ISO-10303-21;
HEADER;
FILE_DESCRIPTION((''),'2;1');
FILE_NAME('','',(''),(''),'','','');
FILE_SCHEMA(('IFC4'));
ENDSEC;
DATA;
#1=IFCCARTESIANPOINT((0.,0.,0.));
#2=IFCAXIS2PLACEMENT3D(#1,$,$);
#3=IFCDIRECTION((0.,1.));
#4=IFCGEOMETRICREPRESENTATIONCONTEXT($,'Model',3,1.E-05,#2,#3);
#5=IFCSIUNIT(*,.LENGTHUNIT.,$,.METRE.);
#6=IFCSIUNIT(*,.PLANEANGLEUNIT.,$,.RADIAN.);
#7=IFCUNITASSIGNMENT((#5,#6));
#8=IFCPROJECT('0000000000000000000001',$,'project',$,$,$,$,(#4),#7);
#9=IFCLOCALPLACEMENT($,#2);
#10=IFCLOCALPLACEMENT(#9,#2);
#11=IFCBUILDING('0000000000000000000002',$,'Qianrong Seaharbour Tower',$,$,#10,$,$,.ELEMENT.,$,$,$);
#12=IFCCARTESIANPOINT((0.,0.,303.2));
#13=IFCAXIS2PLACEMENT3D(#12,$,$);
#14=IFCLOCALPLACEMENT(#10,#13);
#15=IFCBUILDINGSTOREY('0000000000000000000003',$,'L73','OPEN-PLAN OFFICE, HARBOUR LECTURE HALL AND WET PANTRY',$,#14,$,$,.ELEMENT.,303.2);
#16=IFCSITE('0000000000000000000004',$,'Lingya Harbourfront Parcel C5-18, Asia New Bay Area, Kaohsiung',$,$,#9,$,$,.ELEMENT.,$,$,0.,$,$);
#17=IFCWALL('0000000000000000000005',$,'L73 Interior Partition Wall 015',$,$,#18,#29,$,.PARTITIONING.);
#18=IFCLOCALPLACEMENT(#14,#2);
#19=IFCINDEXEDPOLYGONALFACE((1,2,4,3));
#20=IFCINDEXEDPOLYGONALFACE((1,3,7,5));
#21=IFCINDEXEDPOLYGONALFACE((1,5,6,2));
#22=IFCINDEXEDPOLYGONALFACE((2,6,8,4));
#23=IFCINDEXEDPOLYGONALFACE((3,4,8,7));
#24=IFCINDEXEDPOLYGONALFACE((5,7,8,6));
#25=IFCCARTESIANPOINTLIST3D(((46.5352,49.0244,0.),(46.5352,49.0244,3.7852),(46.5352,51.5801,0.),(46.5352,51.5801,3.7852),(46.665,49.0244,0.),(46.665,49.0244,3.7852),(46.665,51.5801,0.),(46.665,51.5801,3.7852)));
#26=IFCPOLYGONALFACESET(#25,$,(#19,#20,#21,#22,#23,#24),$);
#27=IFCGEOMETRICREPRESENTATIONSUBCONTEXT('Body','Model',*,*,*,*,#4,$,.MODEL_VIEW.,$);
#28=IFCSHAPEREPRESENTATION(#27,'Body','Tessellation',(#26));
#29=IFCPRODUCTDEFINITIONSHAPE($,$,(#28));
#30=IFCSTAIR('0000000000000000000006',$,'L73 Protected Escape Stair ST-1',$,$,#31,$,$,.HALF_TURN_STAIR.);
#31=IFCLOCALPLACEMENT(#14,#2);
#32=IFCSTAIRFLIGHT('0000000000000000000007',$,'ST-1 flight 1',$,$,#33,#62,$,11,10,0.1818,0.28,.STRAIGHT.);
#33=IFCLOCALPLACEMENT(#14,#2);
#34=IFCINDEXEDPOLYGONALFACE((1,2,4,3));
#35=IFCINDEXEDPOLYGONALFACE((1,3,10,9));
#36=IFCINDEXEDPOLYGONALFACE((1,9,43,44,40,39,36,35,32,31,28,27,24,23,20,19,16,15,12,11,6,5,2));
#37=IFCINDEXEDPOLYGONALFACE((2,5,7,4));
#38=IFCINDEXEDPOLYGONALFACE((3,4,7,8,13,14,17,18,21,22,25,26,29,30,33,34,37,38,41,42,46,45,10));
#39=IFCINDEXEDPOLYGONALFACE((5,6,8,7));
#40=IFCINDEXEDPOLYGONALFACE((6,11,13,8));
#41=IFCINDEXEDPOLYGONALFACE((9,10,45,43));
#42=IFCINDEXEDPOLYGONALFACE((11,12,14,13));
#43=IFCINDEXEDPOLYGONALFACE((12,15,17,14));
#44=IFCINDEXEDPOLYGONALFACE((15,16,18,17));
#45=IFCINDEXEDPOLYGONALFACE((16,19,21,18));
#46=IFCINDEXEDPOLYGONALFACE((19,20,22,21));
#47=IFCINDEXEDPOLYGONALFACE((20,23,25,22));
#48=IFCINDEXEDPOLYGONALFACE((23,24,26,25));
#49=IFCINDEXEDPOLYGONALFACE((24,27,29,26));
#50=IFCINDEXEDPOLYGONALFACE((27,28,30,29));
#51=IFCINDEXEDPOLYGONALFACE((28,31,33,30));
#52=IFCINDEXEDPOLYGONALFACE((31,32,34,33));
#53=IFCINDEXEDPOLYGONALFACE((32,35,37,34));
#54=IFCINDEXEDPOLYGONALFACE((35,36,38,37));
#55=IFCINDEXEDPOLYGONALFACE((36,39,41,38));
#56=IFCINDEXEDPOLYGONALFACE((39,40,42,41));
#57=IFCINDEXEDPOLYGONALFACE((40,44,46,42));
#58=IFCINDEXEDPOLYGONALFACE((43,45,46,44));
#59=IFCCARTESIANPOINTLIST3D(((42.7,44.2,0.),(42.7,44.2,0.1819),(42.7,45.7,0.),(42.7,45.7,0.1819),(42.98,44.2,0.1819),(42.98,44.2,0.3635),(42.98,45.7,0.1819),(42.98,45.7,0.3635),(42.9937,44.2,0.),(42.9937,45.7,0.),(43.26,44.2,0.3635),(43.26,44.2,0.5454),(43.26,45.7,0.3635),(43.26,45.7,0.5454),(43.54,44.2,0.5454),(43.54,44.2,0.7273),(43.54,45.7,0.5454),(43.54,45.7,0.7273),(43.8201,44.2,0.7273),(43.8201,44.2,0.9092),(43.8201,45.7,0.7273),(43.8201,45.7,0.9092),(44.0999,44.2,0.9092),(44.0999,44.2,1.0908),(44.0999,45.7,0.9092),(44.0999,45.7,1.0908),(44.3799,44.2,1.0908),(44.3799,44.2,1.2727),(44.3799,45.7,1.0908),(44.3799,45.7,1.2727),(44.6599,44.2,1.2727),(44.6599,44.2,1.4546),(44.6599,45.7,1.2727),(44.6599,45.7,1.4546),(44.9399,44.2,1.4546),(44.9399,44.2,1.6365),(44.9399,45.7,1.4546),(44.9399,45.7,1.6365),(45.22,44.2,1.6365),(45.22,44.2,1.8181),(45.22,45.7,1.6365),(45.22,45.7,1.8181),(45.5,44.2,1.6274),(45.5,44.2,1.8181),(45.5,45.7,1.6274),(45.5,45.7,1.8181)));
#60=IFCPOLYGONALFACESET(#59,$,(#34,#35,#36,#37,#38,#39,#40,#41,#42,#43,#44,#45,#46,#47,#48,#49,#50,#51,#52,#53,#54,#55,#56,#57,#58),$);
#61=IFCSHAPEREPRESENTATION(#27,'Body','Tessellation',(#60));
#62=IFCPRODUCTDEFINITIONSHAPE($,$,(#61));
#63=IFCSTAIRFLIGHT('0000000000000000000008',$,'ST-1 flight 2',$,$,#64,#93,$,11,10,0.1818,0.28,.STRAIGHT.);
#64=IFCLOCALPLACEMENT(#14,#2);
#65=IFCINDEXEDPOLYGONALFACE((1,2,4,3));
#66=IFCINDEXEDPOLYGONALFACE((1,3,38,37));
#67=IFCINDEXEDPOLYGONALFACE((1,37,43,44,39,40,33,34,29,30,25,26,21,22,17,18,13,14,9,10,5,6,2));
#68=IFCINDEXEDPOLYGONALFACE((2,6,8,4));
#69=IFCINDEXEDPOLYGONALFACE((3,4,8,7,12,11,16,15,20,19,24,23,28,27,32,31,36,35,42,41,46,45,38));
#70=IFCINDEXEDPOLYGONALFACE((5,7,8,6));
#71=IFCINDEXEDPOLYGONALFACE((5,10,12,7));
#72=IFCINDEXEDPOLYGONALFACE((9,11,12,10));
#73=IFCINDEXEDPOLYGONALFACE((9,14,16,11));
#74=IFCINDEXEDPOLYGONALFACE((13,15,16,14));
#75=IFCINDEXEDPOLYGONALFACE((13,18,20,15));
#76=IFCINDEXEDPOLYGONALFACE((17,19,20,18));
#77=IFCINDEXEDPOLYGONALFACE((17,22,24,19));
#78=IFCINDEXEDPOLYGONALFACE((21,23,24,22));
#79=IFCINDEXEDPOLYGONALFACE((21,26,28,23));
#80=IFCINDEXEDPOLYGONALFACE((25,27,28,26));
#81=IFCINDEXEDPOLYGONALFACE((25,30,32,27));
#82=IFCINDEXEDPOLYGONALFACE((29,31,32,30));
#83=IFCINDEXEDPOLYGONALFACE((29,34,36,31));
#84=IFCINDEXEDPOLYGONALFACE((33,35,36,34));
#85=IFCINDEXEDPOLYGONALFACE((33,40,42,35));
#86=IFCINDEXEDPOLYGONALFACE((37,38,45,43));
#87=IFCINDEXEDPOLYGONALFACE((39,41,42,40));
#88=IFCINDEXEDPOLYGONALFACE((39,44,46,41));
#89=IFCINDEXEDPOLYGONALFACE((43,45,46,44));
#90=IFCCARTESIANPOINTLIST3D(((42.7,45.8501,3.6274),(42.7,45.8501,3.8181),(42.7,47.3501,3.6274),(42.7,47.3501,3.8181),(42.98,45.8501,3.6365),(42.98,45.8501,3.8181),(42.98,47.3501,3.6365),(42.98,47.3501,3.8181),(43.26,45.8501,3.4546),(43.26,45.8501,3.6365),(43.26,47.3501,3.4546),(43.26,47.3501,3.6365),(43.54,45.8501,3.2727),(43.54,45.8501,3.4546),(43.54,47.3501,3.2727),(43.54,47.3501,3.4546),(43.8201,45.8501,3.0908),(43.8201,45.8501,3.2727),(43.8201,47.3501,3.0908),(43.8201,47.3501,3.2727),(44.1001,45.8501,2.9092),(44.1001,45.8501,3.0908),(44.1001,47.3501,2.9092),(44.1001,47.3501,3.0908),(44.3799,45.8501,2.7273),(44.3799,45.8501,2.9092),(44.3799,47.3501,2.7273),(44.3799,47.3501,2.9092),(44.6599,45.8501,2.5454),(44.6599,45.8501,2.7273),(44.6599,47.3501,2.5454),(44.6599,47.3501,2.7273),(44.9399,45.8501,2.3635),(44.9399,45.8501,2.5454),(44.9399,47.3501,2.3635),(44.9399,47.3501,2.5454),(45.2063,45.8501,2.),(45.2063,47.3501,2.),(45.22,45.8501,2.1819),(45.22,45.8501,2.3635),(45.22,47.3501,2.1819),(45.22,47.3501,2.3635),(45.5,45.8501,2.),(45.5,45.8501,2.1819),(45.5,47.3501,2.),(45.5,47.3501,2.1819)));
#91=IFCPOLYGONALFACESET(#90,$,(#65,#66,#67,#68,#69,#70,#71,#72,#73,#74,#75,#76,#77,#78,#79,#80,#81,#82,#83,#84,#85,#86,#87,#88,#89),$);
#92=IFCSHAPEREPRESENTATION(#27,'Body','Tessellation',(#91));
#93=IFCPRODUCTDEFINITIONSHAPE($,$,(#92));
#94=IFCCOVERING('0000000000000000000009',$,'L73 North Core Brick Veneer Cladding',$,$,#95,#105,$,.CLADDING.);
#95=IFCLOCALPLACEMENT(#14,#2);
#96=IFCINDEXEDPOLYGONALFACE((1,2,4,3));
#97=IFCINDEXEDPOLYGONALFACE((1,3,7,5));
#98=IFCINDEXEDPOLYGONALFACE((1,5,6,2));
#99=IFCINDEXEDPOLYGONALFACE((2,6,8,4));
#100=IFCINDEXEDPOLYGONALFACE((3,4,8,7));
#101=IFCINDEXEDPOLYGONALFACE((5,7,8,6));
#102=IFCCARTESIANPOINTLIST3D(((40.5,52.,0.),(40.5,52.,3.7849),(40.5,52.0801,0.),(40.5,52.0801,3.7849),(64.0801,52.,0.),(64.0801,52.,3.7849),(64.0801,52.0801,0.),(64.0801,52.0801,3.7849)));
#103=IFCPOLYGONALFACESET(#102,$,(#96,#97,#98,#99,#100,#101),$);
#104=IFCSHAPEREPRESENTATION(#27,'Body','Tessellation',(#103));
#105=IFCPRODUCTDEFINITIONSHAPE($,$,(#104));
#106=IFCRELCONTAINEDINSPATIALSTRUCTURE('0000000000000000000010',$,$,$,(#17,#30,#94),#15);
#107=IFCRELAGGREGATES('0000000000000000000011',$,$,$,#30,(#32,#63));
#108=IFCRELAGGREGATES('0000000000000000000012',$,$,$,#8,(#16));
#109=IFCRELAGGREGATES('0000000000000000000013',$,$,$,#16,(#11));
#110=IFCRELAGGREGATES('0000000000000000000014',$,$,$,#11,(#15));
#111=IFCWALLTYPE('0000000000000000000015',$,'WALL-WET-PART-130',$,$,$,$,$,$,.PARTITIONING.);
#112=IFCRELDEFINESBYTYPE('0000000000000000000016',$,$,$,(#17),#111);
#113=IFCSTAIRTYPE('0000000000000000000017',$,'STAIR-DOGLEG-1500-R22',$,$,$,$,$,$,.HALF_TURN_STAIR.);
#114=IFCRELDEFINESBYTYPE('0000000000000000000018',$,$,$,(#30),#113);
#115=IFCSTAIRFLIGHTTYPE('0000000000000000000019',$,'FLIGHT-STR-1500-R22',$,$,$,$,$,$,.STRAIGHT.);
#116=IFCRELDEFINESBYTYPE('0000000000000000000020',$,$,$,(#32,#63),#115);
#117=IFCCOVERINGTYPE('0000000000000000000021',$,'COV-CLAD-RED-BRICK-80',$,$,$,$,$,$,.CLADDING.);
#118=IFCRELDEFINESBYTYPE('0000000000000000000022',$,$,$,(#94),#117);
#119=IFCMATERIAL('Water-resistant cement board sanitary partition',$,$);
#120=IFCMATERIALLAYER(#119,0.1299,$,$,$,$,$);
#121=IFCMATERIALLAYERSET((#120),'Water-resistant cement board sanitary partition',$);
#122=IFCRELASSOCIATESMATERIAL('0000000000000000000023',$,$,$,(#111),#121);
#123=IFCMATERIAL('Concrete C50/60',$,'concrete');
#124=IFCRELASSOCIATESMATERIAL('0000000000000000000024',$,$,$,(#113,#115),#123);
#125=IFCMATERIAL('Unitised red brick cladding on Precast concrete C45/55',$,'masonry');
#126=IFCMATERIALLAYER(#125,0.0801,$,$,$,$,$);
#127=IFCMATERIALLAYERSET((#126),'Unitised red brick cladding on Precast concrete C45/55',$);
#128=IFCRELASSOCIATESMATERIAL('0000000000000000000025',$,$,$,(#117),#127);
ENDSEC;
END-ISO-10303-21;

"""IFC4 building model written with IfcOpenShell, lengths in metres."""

from ifc_helpers import new_model, si_unit, direction, frame, frame_2d, origin, origin_2d, place, context, subcontext, project, spatial, polyline, rectangle, outline, extrude, material, layer, layer_set, type_object, element, aggregate, save


model = new_model("IFC4")

# Units and contexts
model_context = context("Model", 3, precision=1e-05, world=origin(), true_north=direction((0.0, 1.0)))
body_context = subcontext(model_context, "Body", "Model", "MODEL_VIEW")
ifc_project = project(units=[si_unit("LENGTHUNIT", "METRE"), si_unit("PLANEANGLEUNIT", "RADIAN")], contexts=[model_context])

# Site, building, storey
site_placement = place(None, origin())
site = spatial("IfcSite", under=ifc_project, at=site_placement, Name="Lingya Harbourfront Parcel C5-18, Asia New Bay Area, Kaohsiung", CompositionType="ELEMENT", RefElevation=0.0)
building_placement = place(site_placement, origin())
building = spatial("IfcBuilding", under=site, at=building_placement, Name="Qianrong Seaharbour Tower", CompositionType="ELEMENT")
storey_placement = place(building_placement, frame((0.0, 0.0, 303.2)))
storey = spatial("IfcBuildingStorey", under=building, at=storey_placement, Name="L73", Description="OPEN-PLAN OFFICE, HARBOUR LECTURE HALL AND WET PANTRY", CompositionType="ELEMENT", Elevation=303.2)

# Shared definitions
ifc_material_1 = material(Name="Concrete C50/60", Category="concrete")

# Shared definitions
ifc_material_2 = material(Name="Water-resistant cement board sanitary partition")
ifc_layer_1 = layer(ifc_material_2, 0.1299)
ifc_layer_set_1 = layer_set([ifc_layer_1], Name="Water-resistant cement board sanitary partition")
wall_type_1 = type_object("IfcWallType", Name="WALL-WET-PART-130", PredefinedType="PARTITIONING", material=ifc_layer_set_1)

# Wall
wall_1_placement = place(storey_placement, frame((46.6001, 51.5801, 0.0), z_axis=(0.0, 0.0, 1.0), x_axis=(0.0, -1.0, 0.0)))
element("IfcWall", 1, at=wall_1_placement, inside=storey, type_object=wall_type_1, Name="L73 Interior Partition Wall 015", PredefinedType="PARTITIONING", context=body_context, shape_type="SweptSolid", body=[
    extrude(rectangle(XDim=2.5557, YDim=0.1299, at=frame_2d((1.2778, 0.0))), origin(), (0.0, 0.0, 1.0), 3.7852),
])

# Stair, stair flights
stair_type = type_object("IfcStairType", Name="STAIR-DOGLEG-1500-R22", PredefinedType="HALF_TURN_STAIR", material=ifc_material_1)
stair_placement = place(storey_placement, origin())
stair = element("IfcStair", 2, at=stair_placement, inside=storey, type_object=stair_type, Name="L73 Protected Escape Stair ST-1", PredefinedType="HALF_TURN_STAIR")
stair_flight_type = type_object("IfcStairFlightType", Name="FLIGHT-STR-1500-R22", PredefinedType="STRAIGHT", material=ifc_material_1)
stair_flight_1_placement = place(storey_placement, frame((42.7, 44.95, 0.0), z_axis=(0.0, 0.0, 1.0), x_axis=(1.0, 0.0, 0.0)))
stair_flight_1 = element("IfcStairFlight", 3, at=stair_flight_1_placement, type_object=stair_flight_type, Name="ST-1 flight 1", NumberOfRisers=11, NumberOfTreads=10, PredefinedType="STRAIGHT", RiserHeight=0.1818, TreadLength=0.28, context=body_context, shape_type="SweptSolid", body=[
    extrude(outline(polyline([(0.0, 0.0), (0.0, 0.1819), (0.28, 0.1819), (0.28, 0.3635), (0.5601, 0.3635), (0.5601, 0.5454), (0.8401, 0.5454), (0.8401, 0.7273), (1.1201, 0.7273), (1.1201, 0.9092), (1.3999, 0.9092), (1.3999, 1.0908), (1.6799, 1.0908), (1.6799, 1.2727), (1.96, 1.2727), (1.96, 1.4546), (2.24, 1.4546), (2.24, 1.6365), (2.52, 1.6365), (2.52, 1.8181), (2.8, 1.8181), (2.8, 2.0), (2.8, 1.6274), (0.2937, 0.0), (0.0, 0.0)])), frame((0.0, 0.75, 0.0), z_axis=(0.0, -1.0, 0.0), x_axis=(1.0, 0.0, 0.0)), (0.0, 0.0, 1.0), 1.5),
])
stair_flight_2_placement = place(storey_placement, frame((45.5, 46.6001, 2.0), z_axis=(0.0, 0.0, 1.0), x_axis=(-1.0, 0.0, 0.0)))
stair_flight_2 = element("IfcStairFlight", 4, at=stair_flight_2_placement, type_object=stair_flight_type, Name="ST-1 flight 2", NumberOfRisers=11, NumberOfTreads=10, PredefinedType="STRAIGHT", RiserHeight=0.1818, TreadLength=0.28, context=body_context, shape_type="SweptSolid", body=[
    extrude(outline(polyline([(0.0, 0.0), (0.0, 0.1819), (0.28, 0.1819), (0.28, 0.3635), (0.5601, 0.3635), (0.5601, 0.5454), (0.8401, 0.5454), (0.8401, 0.7273), (1.1201, 0.7273), (1.1201, 0.9092), (1.3999, 0.9092), (1.3999, 1.0908), (1.6799, 1.0908), (1.6799, 1.2727), (1.96, 1.2727), (1.96, 1.4546), (2.24, 1.4546), (2.24, 1.6365), (2.52, 1.6365), (2.52, 1.8181), (2.8, 1.8181), (2.8, 2.0), (2.8, 1.6274), (0.2937, 0.0), (0.0, 0.0)])), frame((0.0, 0.75, 0.0), z_axis=(0.0, -1.0, 0.0), x_axis=(1.0, 0.0, 0.0)), (0.0, 0.0, 1.0), 1.5),
])
aggregate(stair, [stair_flight_1, stair_flight_2])

# Covering
ifc_material_3 = material(Name="Unitised red brick cladding on Precast concrete C45/55", Category="masonry")
ifc_layer_2 = layer(ifc_material_3, 0.0801)
ifc_layer_set_2 = layer_set([ifc_layer_2], Name="Unitised red brick cladding on Precast concrete C45/55")
covering_type = type_object("IfcCoveringType", Name="COV-CLAD-RED-BRICK-80", PredefinedType="CLADDING", material=ifc_layer_set_2)
covering_placement = place(storey_placement, frame((52.29, 52.04, 0.0), z_axis=(0.0, 0.0, 1.0), x_axis=(1.0, 0.0, 0.0)))
element("IfcCovering", 5, at=covering_placement, inside=storey, type_object=covering_type, Name="L73 North Core Brick Veneer Cladding", PredefinedType="CLADDING", context=body_context, shape_type="SweptSolid", body=[
    extrude(rectangle(XDim=23.5801, YDim=0.0801, at=origin_2d()), origin(), (0.0, 0.0, 1.0), 3.7849),
])

save(model, "model.ifc")
